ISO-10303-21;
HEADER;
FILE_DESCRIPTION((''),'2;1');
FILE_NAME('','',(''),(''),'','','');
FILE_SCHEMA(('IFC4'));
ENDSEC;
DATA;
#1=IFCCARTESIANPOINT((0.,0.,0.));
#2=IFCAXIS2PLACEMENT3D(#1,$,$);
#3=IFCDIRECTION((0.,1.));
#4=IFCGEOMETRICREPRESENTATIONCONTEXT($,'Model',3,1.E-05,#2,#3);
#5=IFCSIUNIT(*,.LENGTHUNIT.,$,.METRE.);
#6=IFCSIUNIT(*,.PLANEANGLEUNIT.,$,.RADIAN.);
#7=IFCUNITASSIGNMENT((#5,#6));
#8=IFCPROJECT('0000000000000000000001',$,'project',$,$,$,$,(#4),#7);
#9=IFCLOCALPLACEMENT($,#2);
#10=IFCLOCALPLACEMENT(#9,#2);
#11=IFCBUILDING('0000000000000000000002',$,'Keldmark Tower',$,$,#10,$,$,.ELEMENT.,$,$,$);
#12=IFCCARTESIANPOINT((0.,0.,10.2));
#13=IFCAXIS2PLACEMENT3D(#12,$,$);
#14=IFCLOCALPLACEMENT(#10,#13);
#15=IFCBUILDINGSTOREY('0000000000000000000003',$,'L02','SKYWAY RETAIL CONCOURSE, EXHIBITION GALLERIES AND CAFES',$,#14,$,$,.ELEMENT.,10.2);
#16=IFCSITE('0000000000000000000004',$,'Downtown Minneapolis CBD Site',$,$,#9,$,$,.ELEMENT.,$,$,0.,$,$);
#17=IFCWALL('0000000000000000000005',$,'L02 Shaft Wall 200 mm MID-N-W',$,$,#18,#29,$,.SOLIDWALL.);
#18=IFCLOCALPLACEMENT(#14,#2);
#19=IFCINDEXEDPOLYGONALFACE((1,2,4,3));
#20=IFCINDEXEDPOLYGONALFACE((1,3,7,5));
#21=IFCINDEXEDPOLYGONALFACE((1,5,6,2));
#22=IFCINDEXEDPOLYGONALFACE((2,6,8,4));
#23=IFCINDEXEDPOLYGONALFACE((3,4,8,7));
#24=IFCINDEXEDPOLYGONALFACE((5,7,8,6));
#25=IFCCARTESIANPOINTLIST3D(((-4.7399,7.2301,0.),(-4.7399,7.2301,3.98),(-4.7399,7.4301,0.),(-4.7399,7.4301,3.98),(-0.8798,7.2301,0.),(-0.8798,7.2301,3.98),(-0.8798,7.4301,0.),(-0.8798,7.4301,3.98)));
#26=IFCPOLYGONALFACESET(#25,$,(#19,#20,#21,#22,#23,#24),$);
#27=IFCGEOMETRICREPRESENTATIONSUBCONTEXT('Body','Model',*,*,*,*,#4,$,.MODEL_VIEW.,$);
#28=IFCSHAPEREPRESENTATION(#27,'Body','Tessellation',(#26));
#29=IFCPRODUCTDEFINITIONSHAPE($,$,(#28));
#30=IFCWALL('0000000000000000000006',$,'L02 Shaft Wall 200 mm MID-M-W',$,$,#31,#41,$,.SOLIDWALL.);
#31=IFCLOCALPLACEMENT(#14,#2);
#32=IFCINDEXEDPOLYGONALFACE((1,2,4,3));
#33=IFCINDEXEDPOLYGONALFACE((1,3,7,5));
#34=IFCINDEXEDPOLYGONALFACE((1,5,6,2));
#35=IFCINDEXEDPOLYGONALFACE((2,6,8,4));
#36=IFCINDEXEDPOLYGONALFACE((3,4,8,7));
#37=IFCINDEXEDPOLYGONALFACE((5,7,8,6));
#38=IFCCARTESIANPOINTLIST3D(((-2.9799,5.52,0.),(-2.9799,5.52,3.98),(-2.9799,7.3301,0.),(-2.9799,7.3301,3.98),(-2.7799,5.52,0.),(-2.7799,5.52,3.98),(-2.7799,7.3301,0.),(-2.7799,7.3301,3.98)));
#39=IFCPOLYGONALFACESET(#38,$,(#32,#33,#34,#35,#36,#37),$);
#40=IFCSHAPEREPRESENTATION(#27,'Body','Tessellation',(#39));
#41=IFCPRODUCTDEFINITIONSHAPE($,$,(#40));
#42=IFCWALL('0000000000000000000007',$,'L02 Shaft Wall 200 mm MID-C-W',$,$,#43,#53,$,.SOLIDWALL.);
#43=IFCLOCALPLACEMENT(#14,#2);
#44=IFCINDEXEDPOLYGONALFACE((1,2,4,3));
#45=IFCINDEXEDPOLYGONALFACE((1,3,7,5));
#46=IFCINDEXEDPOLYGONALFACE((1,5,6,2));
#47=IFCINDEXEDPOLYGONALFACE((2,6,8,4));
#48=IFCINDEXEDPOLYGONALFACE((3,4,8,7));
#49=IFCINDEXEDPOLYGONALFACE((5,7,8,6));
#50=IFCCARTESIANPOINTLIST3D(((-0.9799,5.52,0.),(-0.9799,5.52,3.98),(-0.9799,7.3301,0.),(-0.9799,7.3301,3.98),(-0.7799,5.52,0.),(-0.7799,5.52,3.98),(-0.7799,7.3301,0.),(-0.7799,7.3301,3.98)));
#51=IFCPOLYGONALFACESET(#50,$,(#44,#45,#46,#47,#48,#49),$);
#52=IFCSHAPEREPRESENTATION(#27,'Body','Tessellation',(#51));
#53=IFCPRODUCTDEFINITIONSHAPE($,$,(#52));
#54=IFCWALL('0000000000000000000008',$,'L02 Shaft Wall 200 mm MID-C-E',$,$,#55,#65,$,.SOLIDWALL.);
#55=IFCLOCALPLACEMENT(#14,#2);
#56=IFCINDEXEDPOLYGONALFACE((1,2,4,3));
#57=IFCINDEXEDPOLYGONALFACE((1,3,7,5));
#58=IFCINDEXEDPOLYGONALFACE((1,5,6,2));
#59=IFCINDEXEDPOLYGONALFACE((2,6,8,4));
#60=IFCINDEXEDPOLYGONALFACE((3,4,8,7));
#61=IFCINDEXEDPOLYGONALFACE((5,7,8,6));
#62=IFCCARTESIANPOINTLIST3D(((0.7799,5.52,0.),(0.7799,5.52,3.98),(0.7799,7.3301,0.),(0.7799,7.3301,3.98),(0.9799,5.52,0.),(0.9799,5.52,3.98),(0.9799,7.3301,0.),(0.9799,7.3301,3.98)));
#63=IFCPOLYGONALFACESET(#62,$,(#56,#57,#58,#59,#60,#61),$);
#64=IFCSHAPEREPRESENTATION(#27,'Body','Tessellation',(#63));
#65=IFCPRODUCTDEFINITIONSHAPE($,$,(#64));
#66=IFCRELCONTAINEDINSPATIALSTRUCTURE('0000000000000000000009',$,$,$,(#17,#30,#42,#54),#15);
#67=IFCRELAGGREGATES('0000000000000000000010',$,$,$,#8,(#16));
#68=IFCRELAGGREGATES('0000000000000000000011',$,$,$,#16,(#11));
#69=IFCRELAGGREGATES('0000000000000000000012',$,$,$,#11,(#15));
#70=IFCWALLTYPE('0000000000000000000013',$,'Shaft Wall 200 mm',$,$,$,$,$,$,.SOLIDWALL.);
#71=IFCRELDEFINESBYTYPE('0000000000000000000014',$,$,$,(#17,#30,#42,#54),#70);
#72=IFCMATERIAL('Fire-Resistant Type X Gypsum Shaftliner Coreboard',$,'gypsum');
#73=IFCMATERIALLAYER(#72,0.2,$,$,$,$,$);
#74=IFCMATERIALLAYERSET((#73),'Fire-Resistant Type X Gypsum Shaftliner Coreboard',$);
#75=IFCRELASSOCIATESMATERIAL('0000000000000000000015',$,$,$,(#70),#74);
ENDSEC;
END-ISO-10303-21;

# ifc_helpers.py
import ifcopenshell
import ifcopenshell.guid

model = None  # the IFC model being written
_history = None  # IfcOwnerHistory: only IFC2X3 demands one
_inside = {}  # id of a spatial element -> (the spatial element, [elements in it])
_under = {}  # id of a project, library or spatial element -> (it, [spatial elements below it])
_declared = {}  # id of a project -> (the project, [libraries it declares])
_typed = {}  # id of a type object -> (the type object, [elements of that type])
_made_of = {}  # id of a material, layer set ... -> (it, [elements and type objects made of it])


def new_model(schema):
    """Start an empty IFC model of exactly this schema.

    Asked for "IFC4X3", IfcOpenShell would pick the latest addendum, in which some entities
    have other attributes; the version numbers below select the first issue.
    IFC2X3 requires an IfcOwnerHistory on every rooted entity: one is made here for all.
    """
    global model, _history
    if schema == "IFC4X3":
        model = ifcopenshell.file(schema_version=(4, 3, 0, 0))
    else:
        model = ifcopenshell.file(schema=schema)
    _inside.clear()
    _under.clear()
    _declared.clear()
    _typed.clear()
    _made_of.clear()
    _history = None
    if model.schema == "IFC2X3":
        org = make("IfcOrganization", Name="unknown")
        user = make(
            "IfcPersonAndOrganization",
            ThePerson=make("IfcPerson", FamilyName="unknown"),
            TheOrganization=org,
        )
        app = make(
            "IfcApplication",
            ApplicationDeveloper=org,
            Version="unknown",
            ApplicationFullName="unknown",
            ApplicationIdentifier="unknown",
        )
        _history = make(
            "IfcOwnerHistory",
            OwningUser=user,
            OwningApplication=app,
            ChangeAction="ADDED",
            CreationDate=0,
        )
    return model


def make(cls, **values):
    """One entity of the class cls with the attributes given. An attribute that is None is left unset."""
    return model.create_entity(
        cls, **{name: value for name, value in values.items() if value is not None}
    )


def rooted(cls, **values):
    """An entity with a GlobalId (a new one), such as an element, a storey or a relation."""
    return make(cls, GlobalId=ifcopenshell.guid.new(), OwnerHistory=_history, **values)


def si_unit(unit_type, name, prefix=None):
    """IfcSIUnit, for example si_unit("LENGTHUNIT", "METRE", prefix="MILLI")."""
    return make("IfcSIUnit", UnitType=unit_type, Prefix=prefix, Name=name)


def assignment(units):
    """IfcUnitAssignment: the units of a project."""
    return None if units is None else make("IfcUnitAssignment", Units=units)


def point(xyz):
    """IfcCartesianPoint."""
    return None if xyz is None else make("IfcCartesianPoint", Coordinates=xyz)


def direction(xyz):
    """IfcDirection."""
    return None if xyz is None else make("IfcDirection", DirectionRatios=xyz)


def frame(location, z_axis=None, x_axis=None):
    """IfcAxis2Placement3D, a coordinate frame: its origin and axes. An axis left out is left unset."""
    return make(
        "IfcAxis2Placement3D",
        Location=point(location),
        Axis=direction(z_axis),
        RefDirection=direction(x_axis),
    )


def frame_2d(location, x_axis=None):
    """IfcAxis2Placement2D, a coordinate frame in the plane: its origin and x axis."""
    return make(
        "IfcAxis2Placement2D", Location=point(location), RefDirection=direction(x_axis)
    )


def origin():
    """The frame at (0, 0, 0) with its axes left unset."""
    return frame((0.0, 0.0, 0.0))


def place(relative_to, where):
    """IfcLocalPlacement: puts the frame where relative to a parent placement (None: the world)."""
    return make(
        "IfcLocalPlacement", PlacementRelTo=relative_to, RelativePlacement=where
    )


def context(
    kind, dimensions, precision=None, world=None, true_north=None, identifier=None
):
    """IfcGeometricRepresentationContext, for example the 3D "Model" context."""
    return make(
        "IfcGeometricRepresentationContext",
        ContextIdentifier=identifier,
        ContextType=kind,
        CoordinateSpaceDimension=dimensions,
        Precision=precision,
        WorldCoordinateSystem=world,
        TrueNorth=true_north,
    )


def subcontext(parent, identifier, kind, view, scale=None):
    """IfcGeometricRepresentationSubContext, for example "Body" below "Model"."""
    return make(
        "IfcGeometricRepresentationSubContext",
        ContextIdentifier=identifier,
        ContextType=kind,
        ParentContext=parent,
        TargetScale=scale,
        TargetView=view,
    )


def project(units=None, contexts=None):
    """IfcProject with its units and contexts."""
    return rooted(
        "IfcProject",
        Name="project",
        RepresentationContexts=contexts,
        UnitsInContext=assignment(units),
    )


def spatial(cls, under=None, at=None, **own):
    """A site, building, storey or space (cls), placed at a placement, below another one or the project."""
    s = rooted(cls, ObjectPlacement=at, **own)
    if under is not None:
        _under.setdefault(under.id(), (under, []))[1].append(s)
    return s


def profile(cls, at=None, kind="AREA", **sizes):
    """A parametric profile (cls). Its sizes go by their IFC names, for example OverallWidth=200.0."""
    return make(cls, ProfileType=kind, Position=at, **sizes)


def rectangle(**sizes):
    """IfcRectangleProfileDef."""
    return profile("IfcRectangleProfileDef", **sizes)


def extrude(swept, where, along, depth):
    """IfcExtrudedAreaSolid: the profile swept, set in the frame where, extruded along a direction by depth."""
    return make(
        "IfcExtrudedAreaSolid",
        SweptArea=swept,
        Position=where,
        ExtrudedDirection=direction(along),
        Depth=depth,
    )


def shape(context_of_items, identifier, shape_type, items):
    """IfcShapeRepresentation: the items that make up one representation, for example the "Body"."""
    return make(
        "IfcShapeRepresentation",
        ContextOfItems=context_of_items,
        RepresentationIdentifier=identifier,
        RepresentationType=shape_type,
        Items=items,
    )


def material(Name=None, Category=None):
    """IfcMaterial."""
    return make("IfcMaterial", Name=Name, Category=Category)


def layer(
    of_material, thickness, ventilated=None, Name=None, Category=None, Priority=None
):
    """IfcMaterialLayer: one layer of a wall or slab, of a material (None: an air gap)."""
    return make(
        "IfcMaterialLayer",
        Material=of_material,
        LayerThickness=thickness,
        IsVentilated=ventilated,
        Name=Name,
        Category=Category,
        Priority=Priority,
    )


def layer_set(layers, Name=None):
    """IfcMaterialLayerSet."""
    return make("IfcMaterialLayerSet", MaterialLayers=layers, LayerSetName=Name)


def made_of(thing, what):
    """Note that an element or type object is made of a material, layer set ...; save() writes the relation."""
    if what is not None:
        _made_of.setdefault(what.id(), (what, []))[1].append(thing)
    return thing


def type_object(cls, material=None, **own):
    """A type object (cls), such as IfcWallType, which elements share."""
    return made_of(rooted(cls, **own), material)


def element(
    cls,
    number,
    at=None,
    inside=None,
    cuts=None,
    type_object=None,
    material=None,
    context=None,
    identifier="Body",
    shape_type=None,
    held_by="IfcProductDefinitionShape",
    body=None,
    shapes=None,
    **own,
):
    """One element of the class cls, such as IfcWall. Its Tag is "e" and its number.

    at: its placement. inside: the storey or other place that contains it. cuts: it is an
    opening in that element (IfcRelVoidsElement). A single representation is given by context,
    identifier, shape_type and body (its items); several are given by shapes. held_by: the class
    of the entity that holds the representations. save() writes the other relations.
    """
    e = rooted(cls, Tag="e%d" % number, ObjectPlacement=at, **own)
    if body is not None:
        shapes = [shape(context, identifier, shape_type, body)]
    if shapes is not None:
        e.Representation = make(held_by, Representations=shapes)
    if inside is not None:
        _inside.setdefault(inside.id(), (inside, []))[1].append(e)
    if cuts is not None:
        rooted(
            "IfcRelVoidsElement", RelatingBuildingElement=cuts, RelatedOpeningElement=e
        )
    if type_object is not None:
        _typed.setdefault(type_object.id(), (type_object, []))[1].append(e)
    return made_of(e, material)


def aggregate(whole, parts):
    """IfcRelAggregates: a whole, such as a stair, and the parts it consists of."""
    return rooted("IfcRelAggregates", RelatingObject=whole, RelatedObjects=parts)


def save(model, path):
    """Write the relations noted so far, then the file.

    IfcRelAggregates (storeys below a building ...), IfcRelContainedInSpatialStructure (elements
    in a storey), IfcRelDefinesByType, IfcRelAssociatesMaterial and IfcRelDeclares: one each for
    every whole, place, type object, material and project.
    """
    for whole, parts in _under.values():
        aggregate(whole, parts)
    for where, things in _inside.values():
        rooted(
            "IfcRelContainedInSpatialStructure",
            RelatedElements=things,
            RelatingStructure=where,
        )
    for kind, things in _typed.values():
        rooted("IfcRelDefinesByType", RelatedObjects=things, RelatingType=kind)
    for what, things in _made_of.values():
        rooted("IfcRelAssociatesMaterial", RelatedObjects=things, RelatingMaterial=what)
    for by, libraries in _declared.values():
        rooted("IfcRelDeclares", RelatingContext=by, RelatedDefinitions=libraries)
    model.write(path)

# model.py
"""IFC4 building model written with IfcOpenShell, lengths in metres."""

from ifc_helpers import new_model, si_unit, direction, frame, frame_2d, origin, place, context, subcontext, project, spatial, rectangle, extrude, material, layer, layer_set, type_object, element, save


model = new_model("IFC4")

# Units and contexts
model_context = context("Model", 3, precision=1e-05, world=origin(), true_north=direction((0.0, 1.0)))
body_context = subcontext(model_context, "Body", "Model", "MODEL_VIEW")
ifc_project = project(units=[si_unit("LENGTHUNIT", "METRE"), si_unit("PLANEANGLEUNIT", "RADIAN")], contexts=[model_context])

# Site, building, storey
site_placement = place(None, origin())
site = spatial("IfcSite", under=ifc_project, at=site_placement, Name="Downtown Minneapolis CBD Site", CompositionType="ELEMENT", RefElevation=0.0)
building_placement = place(site_placement, origin())
building = spatial("IfcBuilding", under=site, at=building_placement, Name="Keldmark Tower", CompositionType="ELEMENT")
storey_placement = place(building_placement, frame((0.0, 0.0, 10.2)))
storey = spatial("IfcBuildingStorey", under=building, at=storey_placement, Name="L02", Description="SKYWAY RETAIL CONCOURSE, EXHIBITION GALLERIES AND CAFES", CompositionType="ELEMENT", Elevation=10.2)

# Shared definitions
ifc_material_1 = material(Name="Fire-Resistant Type X Gypsum Shaftliner Coreboard", Category="gypsum")
ifc_layer_1 = layer(ifc_material_1, 0.2)
ifc_layer_set_1 = layer_set([ifc_layer_1], Name="Fire-Resistant Type X Gypsum Shaftliner Coreboard")
wall_type_1 = type_object("IfcWallType", Name="Shaft Wall 200 mm", PredefinedType="SOLIDWALL", material=ifc_layer_set_1)

# Walls
for number, where, z_axis, x_axis, name in (
    (1, (-4.74, 7.3301, 0.0), (0.0, 0.0, 1.0), (1.0, 0.0, 0.0), "L02 Shaft Wall 200 mm MID-N-W"),
):
    element("IfcWall", number, at=place(storey_placement, frame(where, z_axis=z_axis, x_axis=x_axis)), inside=storey, type_object=wall_type_1, Name=name, PredefinedType="SOLIDWALL", context=body_context, shape_type="SweptSolid", body=[
        extrude(rectangle(XDim=3.8601, YDim=0.2, at=frame_2d((1.9302, 0.0))), origin(), (0.0, 0.0, 1.0), 3.98),
    ])
for number, where, z_axis, x_axis, name in (
    (2, (-2.8799, 5.52, 0.0), (0.0, 0.0, 1.0), (0.0, 1.0, 0.0), "L02 Shaft Wall 200 mm MID-M-W"),
    (3, (-0.8799, 5.52, 0.0), (0.0, 0.0, 1.0), (0.0, 1.0, 0.0), "L02 Shaft Wall 200 mm MID-C-W"),
    (4, (0.8799, 5.52, 0.0), (0.0, 0.0, 1.0), (0.0, 1.0, 0.0), "L02 Shaft Wall 200 mm MID-C-E"),
):
    element("IfcWall", number, at=place(storey_placement, frame(where, z_axis=z_axis, x_axis=x_axis)), inside=storey, type_object=wall_type_1, Name=name, PredefinedType="SOLIDWALL", context=body_context, shape_type="SweptSolid", body=[
        extrude(rectangle(XDim=1.8101, YDim=0.2, at=frame_2d((0.905, 0.0))), origin(), (0.0, 0.0, 1.0), 3.98),
    ])

save(model, "model.ifc")
